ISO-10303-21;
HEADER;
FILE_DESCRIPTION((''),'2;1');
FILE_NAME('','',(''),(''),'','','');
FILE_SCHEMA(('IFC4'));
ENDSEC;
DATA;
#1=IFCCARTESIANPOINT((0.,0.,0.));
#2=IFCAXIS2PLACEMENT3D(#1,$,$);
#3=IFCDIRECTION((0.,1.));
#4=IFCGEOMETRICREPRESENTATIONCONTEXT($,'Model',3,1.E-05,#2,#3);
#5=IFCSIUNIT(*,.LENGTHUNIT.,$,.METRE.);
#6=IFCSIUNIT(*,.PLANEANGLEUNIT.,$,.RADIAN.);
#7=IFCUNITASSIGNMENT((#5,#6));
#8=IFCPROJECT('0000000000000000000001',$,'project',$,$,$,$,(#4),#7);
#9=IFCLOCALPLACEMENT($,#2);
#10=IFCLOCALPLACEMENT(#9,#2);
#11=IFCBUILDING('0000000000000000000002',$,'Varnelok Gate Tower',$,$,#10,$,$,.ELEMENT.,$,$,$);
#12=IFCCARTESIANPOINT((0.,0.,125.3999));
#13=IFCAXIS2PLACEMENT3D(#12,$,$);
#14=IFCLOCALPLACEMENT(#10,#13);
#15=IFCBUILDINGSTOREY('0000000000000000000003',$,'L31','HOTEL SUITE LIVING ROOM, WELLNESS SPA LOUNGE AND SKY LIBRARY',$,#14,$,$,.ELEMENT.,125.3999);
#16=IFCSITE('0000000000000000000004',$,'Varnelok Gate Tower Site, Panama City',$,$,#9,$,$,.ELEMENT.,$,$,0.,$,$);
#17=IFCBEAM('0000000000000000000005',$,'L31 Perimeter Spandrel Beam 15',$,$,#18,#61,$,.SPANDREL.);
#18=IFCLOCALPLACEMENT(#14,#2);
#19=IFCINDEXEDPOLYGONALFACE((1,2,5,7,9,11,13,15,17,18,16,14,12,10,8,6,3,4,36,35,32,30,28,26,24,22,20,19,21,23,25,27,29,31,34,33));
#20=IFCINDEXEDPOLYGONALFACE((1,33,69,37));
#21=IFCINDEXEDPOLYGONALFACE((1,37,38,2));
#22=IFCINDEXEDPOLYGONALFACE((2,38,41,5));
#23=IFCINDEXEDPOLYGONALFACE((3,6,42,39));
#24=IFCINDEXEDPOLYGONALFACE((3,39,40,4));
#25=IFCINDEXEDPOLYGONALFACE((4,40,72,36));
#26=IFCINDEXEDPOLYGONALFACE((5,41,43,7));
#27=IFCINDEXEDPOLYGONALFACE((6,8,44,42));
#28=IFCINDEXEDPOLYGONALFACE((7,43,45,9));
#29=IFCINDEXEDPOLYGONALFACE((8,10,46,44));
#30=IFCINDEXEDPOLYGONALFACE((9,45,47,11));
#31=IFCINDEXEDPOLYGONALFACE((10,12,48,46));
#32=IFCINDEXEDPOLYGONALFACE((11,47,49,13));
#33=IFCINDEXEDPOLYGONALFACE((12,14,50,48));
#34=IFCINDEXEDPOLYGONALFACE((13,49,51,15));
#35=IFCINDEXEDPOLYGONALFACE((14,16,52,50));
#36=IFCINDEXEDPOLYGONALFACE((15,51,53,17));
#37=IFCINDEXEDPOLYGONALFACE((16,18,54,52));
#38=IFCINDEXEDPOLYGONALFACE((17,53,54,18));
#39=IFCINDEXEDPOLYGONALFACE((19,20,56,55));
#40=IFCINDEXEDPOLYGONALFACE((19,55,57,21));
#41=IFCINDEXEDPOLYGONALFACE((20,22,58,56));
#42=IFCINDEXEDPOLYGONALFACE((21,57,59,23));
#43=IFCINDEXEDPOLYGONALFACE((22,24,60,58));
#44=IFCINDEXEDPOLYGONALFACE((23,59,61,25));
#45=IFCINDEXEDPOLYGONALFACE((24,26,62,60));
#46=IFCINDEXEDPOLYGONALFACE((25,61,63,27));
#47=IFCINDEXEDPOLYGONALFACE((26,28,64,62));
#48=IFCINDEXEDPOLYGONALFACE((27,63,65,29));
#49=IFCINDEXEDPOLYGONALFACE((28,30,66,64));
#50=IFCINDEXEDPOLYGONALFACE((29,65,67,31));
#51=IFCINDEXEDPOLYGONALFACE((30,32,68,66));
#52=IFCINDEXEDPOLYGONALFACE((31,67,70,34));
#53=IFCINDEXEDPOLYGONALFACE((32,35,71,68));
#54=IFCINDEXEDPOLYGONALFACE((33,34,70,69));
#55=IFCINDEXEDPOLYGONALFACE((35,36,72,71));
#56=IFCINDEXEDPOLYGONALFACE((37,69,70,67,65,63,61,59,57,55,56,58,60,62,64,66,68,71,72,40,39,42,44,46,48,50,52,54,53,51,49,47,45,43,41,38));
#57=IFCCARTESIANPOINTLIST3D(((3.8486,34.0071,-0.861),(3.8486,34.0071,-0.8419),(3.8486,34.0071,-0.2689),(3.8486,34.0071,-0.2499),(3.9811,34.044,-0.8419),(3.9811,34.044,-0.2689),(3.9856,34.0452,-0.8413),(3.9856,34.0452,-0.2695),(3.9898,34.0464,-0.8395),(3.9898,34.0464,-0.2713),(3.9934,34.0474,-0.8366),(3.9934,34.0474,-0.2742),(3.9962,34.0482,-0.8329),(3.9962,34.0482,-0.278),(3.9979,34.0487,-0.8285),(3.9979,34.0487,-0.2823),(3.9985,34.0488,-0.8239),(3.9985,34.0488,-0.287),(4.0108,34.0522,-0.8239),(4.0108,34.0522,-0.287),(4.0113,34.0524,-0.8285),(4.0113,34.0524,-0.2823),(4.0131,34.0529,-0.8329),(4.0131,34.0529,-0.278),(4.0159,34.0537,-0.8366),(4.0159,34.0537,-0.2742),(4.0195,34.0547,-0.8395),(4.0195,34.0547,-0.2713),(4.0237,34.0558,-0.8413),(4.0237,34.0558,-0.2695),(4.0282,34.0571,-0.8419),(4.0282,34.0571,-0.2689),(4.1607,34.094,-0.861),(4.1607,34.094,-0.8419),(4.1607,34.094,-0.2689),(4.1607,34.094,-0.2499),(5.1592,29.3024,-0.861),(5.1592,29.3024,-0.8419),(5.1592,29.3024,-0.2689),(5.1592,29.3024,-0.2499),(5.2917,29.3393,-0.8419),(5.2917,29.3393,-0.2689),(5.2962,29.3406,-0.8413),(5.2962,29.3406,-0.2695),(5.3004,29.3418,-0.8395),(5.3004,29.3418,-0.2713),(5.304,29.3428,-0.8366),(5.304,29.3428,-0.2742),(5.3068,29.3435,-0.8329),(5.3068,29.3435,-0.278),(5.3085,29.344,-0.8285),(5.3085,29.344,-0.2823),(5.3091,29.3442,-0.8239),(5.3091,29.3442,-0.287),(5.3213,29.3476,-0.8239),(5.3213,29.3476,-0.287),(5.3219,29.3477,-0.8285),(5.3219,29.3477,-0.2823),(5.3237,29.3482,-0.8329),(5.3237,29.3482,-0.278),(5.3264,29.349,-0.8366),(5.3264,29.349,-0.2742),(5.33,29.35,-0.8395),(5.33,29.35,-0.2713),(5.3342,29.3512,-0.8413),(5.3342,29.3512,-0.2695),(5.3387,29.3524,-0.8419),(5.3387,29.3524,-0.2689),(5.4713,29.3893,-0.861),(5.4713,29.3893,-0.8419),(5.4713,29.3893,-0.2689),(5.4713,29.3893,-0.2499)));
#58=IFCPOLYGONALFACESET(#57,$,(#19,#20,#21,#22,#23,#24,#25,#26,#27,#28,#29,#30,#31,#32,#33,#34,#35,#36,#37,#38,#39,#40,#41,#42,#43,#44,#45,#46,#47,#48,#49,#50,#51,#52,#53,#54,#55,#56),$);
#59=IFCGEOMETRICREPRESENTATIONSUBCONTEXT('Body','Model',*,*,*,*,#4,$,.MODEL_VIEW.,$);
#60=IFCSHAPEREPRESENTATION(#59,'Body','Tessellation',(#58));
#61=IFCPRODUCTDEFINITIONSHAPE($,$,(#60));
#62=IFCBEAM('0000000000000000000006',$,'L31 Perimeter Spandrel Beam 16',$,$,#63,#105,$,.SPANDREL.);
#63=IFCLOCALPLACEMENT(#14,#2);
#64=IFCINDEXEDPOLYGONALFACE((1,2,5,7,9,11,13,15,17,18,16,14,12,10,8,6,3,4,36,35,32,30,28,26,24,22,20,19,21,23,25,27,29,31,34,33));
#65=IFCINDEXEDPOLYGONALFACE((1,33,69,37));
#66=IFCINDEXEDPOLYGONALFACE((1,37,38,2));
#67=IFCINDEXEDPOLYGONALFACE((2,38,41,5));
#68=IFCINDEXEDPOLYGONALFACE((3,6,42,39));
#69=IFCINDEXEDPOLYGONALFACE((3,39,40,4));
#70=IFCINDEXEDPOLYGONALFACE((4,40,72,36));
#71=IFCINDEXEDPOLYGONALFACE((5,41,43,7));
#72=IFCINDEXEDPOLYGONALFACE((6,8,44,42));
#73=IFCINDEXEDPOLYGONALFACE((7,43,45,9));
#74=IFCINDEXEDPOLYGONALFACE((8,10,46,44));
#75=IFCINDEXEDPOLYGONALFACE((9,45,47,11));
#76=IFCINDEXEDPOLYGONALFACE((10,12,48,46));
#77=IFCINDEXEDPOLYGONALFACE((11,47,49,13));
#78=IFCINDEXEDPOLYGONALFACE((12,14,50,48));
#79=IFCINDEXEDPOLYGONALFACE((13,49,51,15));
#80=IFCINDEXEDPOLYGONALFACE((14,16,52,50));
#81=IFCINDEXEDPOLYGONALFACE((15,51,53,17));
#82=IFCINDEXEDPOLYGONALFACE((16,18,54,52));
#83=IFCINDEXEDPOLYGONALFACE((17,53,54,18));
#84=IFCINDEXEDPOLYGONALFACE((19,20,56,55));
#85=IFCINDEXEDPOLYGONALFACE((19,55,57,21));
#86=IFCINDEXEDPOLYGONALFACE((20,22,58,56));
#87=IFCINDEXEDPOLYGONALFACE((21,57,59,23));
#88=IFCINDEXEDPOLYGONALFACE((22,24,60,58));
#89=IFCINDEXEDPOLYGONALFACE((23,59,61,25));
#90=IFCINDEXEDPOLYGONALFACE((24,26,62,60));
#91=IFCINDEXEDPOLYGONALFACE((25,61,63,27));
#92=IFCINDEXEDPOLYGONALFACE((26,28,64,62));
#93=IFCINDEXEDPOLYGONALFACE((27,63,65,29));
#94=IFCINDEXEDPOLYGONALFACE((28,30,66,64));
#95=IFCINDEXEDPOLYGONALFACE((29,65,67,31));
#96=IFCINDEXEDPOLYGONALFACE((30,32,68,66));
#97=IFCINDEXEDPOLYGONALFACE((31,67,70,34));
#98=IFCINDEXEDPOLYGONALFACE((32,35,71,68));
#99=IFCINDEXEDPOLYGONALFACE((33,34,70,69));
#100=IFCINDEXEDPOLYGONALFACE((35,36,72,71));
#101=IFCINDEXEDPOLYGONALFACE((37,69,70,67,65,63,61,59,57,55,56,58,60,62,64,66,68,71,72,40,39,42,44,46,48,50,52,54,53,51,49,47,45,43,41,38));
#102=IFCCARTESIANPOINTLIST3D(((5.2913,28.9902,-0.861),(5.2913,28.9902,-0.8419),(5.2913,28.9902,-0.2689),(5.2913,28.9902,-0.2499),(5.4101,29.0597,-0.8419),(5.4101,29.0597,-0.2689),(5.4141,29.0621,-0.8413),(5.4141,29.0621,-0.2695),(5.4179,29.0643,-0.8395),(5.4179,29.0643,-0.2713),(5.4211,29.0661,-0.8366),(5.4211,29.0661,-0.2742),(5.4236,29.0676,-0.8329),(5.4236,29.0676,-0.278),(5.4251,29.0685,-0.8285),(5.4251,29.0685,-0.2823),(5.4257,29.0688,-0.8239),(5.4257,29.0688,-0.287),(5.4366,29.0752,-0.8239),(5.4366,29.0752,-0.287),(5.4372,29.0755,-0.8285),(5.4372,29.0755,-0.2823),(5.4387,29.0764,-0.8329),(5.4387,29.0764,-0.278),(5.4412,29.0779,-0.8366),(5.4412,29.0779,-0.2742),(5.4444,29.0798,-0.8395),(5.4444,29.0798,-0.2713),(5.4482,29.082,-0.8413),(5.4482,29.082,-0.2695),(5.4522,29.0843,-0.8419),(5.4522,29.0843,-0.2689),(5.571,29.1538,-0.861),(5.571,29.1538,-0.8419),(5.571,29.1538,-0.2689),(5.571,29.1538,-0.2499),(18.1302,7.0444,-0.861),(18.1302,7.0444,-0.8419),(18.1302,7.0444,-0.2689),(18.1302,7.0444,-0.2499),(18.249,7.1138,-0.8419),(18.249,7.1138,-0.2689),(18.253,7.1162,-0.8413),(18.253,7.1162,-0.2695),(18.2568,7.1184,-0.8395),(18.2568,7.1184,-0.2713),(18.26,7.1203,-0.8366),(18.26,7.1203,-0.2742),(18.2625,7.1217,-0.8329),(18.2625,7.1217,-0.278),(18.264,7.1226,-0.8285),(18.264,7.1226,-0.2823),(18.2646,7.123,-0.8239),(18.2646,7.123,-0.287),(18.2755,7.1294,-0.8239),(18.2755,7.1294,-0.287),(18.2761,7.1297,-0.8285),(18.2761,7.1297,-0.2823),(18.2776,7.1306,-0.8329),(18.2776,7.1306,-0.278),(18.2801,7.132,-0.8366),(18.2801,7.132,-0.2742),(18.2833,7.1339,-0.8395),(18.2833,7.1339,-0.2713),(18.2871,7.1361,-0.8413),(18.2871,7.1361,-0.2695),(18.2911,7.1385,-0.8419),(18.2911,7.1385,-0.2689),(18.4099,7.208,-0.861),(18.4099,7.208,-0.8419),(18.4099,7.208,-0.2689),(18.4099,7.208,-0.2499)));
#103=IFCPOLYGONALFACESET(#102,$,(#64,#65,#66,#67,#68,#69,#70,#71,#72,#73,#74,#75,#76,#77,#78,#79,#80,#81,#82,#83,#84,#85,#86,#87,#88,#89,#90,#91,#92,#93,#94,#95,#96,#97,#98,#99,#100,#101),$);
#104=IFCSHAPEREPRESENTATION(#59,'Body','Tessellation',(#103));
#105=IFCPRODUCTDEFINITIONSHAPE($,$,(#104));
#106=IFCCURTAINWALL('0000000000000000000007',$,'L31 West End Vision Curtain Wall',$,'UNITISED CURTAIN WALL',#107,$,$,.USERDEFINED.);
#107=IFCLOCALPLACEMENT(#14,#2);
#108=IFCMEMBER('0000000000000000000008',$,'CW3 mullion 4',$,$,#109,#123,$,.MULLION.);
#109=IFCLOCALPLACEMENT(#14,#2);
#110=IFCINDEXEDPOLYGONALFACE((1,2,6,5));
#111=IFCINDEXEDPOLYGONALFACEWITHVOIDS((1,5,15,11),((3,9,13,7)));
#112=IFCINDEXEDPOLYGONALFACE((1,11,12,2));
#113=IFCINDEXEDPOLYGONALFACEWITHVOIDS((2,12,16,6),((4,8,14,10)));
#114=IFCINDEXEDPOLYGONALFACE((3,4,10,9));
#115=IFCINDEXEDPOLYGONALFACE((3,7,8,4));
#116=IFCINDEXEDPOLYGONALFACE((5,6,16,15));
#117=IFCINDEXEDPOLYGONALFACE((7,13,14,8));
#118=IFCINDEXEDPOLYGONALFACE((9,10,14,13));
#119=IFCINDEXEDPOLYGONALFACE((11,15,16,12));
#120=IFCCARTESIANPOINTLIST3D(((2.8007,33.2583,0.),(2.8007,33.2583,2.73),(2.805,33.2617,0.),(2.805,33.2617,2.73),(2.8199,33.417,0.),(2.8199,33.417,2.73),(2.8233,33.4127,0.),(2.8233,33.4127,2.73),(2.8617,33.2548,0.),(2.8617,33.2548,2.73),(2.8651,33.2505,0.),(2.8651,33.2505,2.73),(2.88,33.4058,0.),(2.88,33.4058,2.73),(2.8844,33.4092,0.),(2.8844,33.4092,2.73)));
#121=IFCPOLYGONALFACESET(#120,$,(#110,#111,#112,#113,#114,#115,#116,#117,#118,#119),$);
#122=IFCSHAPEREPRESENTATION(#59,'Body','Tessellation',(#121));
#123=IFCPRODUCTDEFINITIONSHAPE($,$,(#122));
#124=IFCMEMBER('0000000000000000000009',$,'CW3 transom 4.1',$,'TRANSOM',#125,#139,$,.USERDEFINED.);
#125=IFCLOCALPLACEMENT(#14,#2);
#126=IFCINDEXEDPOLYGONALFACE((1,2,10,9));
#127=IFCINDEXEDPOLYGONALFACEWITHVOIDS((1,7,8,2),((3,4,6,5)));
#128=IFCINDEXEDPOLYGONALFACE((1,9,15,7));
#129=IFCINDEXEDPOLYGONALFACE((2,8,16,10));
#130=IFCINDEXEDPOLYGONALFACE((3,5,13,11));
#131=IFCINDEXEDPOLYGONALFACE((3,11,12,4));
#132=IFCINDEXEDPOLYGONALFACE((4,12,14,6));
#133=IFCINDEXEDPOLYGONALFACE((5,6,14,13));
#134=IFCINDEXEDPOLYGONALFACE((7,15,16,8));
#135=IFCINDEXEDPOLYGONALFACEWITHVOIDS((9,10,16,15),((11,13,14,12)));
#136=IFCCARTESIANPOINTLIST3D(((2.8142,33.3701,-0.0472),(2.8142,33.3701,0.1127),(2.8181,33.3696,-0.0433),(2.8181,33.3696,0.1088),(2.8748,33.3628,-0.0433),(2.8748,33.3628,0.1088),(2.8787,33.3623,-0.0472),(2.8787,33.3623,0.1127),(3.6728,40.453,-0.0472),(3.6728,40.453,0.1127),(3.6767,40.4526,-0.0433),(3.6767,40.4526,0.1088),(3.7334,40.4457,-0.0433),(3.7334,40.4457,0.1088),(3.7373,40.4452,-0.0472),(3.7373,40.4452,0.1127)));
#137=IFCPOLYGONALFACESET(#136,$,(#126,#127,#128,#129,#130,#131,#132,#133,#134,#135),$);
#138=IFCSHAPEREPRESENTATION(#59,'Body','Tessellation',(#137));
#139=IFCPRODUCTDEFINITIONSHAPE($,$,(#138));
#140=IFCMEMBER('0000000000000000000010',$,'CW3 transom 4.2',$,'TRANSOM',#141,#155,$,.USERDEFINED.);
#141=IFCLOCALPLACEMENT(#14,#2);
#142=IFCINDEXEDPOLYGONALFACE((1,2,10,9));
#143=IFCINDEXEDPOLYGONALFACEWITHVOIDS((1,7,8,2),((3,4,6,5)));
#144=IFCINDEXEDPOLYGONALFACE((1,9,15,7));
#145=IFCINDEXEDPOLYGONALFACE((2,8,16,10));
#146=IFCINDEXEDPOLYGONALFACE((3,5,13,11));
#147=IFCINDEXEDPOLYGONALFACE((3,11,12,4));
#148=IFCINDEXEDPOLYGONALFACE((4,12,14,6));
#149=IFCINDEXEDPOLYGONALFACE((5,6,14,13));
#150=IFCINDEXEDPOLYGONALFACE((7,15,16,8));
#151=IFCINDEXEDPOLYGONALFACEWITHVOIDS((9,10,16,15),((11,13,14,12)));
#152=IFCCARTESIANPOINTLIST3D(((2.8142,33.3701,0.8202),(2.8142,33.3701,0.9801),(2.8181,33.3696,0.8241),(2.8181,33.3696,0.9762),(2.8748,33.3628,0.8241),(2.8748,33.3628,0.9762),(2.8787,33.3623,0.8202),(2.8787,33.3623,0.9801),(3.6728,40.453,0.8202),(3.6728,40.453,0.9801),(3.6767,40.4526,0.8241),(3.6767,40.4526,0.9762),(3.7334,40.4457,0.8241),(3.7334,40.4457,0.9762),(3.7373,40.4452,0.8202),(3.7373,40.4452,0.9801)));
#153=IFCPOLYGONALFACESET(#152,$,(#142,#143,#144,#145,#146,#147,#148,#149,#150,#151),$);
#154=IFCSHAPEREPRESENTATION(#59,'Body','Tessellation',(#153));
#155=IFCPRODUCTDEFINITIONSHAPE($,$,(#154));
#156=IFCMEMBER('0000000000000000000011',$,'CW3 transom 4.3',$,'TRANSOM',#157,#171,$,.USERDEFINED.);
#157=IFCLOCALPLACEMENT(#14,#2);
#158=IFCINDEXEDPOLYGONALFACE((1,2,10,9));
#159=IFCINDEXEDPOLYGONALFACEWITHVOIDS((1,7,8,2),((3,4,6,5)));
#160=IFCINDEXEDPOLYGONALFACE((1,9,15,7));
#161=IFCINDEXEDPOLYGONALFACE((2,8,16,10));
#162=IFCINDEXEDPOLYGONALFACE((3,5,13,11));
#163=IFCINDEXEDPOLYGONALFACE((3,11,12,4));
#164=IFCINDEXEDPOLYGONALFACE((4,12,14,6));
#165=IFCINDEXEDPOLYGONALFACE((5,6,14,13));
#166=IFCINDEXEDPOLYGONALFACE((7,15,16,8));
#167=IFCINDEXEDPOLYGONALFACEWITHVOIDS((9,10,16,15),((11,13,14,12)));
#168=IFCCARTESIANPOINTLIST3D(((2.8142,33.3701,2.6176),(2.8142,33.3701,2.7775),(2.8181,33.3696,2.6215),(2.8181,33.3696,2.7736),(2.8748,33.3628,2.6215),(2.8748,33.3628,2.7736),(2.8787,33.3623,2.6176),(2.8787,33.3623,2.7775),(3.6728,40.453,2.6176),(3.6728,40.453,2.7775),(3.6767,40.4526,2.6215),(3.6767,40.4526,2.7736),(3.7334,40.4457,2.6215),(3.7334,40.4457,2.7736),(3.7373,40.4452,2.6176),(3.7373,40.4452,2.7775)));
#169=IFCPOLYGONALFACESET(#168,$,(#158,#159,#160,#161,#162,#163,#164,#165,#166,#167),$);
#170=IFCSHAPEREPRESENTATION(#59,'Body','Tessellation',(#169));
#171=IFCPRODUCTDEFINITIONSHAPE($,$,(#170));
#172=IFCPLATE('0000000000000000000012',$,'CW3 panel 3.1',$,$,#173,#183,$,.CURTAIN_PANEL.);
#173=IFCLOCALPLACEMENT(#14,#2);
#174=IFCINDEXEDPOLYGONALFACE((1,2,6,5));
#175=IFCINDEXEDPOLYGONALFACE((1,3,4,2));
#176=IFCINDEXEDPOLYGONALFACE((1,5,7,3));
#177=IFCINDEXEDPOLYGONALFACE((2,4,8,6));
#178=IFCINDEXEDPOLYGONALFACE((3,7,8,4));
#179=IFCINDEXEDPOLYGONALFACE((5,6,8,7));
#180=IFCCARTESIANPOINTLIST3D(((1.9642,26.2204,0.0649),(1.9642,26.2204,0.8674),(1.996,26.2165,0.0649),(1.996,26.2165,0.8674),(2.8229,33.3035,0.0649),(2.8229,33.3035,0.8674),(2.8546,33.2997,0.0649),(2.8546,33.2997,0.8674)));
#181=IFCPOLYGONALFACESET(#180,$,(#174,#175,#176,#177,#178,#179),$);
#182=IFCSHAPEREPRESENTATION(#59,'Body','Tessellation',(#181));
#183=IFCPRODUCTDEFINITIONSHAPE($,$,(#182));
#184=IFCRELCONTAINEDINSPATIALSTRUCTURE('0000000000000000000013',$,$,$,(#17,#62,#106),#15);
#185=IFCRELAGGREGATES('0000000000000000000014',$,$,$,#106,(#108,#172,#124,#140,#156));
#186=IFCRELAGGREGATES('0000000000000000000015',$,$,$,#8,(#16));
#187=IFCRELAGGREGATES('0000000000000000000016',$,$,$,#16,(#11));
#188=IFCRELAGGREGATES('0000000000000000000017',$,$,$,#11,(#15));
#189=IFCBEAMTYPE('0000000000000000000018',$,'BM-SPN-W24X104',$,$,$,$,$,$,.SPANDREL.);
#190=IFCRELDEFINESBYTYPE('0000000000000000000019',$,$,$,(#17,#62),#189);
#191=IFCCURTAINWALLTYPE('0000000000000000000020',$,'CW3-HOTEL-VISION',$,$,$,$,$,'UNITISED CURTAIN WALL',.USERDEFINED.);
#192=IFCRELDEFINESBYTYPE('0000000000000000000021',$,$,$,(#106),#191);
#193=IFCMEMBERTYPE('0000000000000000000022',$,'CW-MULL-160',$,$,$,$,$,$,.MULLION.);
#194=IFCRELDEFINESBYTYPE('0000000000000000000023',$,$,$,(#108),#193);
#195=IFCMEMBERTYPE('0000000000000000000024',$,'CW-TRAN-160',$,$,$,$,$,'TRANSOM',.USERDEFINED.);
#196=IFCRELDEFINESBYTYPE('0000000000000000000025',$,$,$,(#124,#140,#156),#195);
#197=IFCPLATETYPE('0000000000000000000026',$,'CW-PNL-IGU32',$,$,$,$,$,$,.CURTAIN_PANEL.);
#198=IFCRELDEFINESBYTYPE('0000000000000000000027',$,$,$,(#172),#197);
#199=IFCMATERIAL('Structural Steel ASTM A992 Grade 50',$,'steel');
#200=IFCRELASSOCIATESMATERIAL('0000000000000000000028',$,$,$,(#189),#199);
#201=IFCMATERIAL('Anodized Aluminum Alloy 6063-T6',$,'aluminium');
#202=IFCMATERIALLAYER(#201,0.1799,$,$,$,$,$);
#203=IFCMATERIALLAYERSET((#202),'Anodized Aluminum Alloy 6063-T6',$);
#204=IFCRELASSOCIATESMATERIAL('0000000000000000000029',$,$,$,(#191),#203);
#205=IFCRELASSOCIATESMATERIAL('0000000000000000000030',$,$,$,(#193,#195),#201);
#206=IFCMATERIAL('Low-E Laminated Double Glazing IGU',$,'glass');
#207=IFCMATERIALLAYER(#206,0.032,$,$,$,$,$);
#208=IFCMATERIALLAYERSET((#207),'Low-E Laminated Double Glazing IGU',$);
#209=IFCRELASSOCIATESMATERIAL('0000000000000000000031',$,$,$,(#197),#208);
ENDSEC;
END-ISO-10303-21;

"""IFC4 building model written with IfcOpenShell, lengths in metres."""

from ifc_helpers import new_model, si_unit, direction, frame, origin, origin_2d, place, context, subcontext, project, spatial, rectangle, hollow_rectangle, i_section, extrude, source, transform, mapped, material, layer, layer_set, material_profile, profile_set, type_object, element, aggregate, save


model = new_model("IFC4")

# Units and contexts
model_context = context("Model", 3, precision=1e-05, world=origin(), true_north=direction((0.0, 1.0)))
body_context = subcontext(model_context, "Body", "Model", "MODEL_VIEW")
ifc_project = project(units=[si_unit("LENGTHUNIT", "METRE"), si_unit("PLANEANGLEUNIT", "RADIAN")], contexts=[model_context])

# Site, building, storey
site_placement = place(None, origin())
site = spatial("IfcSite", under=ifc_project, at=site_placement, Name="Varnelok Gate Tower Site, Panama City", CompositionType="ELEMENT", RefElevation=0.0)
building_placement = place(site_placement, origin())
building = spatial("IfcBuilding", under=site, at=building_placement, Name="Varnelok Gate Tower", CompositionType="ELEMENT")
storey_placement = place(building_placement, frame((0.0, 0.0, 125.3999)))
storey = spatial("IfcBuildingStorey", under=building, at=storey_placement, Name="L31", Description="HOTEL SUITE LIVING ROOM, WELLNESS SPA LOUNGE AND SKY LIBRARY", CompositionType="ELEMENT", Elevation=125.3999)

# Shared definitions
ifc_material_1 = material(Name="Structural Steel ASTM A992 Grade 50", Category="steel")

# Beams
ifc_material_profile_1 = material_profile(ifc_material_1, i_section(OverallWidth=0.324, OverallDepth=0.6111, WebThickness=0.0127, FlangeThickness=0.019, FilletRadius=0.0181, at=origin_2d()), Name="W24X104")
ifc_profile_set_1 = profile_set([ifc_material_profile_1], Name="Structural Steel ASTM A992 Grade 50")
beam_type_1 = type_object("IfcBeamType", Name="BM-SPN-W24X104", PredefinedType="SPANDREL", material=ifc_profile_set_1)
beam_1_placement = place(storey_placement, frame((4.0046, 34.0505, -0.5554), z_axis=(0.26835, -0.963321, 0.0), x_axis=(0.963321, 0.26835, 0.0)))
element("IfcBeam", 1, at=beam_1_placement, inside=storey, type_object=beam_type_1, Name="L31 Perimeter Spandrel Beam 15", PredefinedType="SPANDREL", context=body_context, shape_type="SweptSolid", body=[
    extrude(i_section(OverallWidth=0.324, OverallDepth=0.6111, WebThickness=0.0127, FlangeThickness=0.019, FilletRadius=0.0181, at=origin_2d()), origin(), (0.0, 0.0, 1.0), 4.8838),
])
beam_2_placement = place(storey_placement, frame((5.4312, 29.072, -0.5554), z_axis=(0.504961, -0.863142, 0.0), x_axis=(0.863142, 0.504961, 0.0)))
element("IfcBeam", 2, at=beam_2_placement, inside=storey, type_object=beam_type_1, Name="L31 Perimeter Spandrel Beam 16", PredefinedType="SPANDREL", context=body_context, shape_type="SweptSolid", body=[
    extrude(i_section(OverallWidth=0.324, OverallDepth=0.6111, WebThickness=0.0127, FlangeThickness=0.019, FilletRadius=0.0181, at=origin_2d()), origin(), (0.0, 0.0, 1.0), 25.4255),
])

# Curtain wall, members, plate
ifc_material_2 = material(Name="Anodized Aluminum Alloy 6063-T6", Category="aluminium")
ifc_layer_1 = layer(ifc_material_2, 0.1799)
ifc_layer_set_1 = layer_set([ifc_layer_1], Name="Anodized Aluminum Alloy 6063-T6")
curtain_wall_type = type_object("IfcCurtainWallType", Name="CW3-HOTEL-VISION", ElementType="UNITISED CURTAIN WALL", PredefinedType="USERDEFINED", material=ifc_layer_set_1)
curtain_wall_placement = place(storey_placement, origin())
curtain_wall = element("IfcCurtainWall", 3, at=curtain_wall_placement, inside=storey, type_object=curtain_wall_type, Name="L31 West End Vision Curtain Wall", ObjectType="UNITISED CURTAIN WALL", PredefinedType="USERDEFINED")
ifc_material_profile_2 = material_profile(ifc_material_2, hollow_rectangle(XDim=0.0649, YDim=0.1599, WallThickness=0.0039, at=origin_2d()), Name="ALU160X65X4")
ifc_profile_set_2 = profile_set([ifc_material_profile_2], Name="Anodized Aluminum Alloy 6063-T6")
member_type_1 = type_object("IfcMemberType", Name="CW-MULL-160", PredefinedType="MULLION", material=ifc_profile_set_2)
member_1_placement = place(storey_placement, frame((2.8425, 33.3337, 0.0), z_axis=(0.0, 0.0, 1.0), x_axis=(-0.992732, 0.120347, 0.0)))
member_1 = element("IfcMember", 4, at=member_1_placement, type_object=member_type_1, Name="CW3 mullion 4", PredefinedType="MULLION", context=body_context, shape_type="SweptSolid", body=[
    extrude(hollow_rectangle(XDim=0.0649, YDim=0.1599, WallThickness=0.0039, at=origin_2d()), origin(), (0.0, 0.0, 1.0), 2.73),
])
ifc_material_profile_3 = material_profile(ifc_material_2, hollow_rectangle(XDim=0.0649, YDim=0.1599, WallThickness=0.0039, at=origin_2d()), Name="ALU160X65X4")
ifc_profile_set_3 = profile_set([ifc_material_profile_3], Name="Anodized Aluminum Alloy 6063-T6")
member_type_2 = type_object("IfcMemberType", Name="CW-TRAN-160", ElementType="TRANSOM", PredefinedType="USERDEFINED", material=ifc_profile_set_3)
member_2_placement = place(storey_placement, frame((2.8464, 33.3662, 0.0327), z_axis=(0.120345, 0.992732, 0.0), x_axis=(-0.992732, 0.120345, 0.0)))
member_2 = element("IfcMember", 5, at=member_2_placement, type_object=member_type_2, Name="CW3 transom 4.1", ObjectType="TRANSOM", PredefinedType="USERDEFINED", context=body_context, shape_type="SweptSolid", body=[
    extrude(hollow_rectangle(XDim=0.0649, YDim=0.1599, WallThickness=0.0039, at=origin_2d()), origin(), (0.0, 0.0, 1.0), 7.1348),
])
member_3_placement = place(storey_placement, frame((2.8464, 33.3662, 0.9001), z_axis=(0.120345, 0.992732, 0.0), x_axis=(-0.992732, 0.120345, 0.0)))
member_3 = element("IfcMember", 6, at=member_3_placement, type_object=member_type_2, Name="CW3 transom 4.2", ObjectType="TRANSOM", PredefinedType="USERDEFINED", context=body_context, shape_type="SweptSolid", body=[
    extrude(hollow_rectangle(XDim=0.0649, YDim=0.1599, WallThickness=0.0039, at=origin_2d()), origin(), (0.0, 0.0, 1.0), 7.1348),
])
member_4_placement = place(storey_placement, frame((2.8464, 33.3662, 2.6975), z_axis=(0.120345, 0.992732, 0.0), x_axis=(-0.992732, 0.120345, 0.0)))
member_4 = element("IfcMember", 7, at=member_4_placement, type_object=member_type_2, Name="CW3 transom 4.3", ObjectType="TRANSOM", PredefinedType="USERDEFINED", context=body_context, shape_type="SweptSolid", body=[
    extrude(hollow_rectangle(XDim=0.0649, YDim=0.1599, WallThickness=0.0039, at=origin_2d()), origin(), (0.0, 0.0, 1.0), 7.1348),
])
ifc_material_3 = material(Name="Low-E Laminated Double Glazing IGU", Category="glass")
ifc_layer_2 = layer(ifc_material_3, 0.032)
ifc_layer_set_2 = layer_set([ifc_layer_2], Name="Low-E Laminated Double Glazing IGU")
plate_type = type_object("IfcPlateType", Name="CW-PNL-IGU32", PredefinedType="CURTAIN_PANEL", material=ifc_layer_set_2)
shared_shape_1 = source(origin(), body_context, "Body", "SweptSolid", [
    extrude(rectangle(XDim=7.135, YDim=0.032, at=origin_2d()), origin(), (0.0, 0.0, 1.0), 0.8025),
])
plate_1_placement = place(storey_placement, frame((2.4094, 29.76, 0.0649), z_axis=(0.0, 0.0, 1.0), x_axis=(0.120347, 0.992732, 0.0)))
plate_1 = element("IfcPlate", 8, at=plate_1_placement, type_object=plate_type, Name="CW3 panel 3.1", PredefinedType="CURTAIN_PANEL", context=body_context, shape_type="MappedRepresentation", body=[
    mapped(shared_shape_1, transform((0.0, 0.0, 0.0), scale=1.0)),
])
aggregate(curtain_wall, [member_1, plate_1, member_2, member_3, member_4])

save(model, "model.ifc")
